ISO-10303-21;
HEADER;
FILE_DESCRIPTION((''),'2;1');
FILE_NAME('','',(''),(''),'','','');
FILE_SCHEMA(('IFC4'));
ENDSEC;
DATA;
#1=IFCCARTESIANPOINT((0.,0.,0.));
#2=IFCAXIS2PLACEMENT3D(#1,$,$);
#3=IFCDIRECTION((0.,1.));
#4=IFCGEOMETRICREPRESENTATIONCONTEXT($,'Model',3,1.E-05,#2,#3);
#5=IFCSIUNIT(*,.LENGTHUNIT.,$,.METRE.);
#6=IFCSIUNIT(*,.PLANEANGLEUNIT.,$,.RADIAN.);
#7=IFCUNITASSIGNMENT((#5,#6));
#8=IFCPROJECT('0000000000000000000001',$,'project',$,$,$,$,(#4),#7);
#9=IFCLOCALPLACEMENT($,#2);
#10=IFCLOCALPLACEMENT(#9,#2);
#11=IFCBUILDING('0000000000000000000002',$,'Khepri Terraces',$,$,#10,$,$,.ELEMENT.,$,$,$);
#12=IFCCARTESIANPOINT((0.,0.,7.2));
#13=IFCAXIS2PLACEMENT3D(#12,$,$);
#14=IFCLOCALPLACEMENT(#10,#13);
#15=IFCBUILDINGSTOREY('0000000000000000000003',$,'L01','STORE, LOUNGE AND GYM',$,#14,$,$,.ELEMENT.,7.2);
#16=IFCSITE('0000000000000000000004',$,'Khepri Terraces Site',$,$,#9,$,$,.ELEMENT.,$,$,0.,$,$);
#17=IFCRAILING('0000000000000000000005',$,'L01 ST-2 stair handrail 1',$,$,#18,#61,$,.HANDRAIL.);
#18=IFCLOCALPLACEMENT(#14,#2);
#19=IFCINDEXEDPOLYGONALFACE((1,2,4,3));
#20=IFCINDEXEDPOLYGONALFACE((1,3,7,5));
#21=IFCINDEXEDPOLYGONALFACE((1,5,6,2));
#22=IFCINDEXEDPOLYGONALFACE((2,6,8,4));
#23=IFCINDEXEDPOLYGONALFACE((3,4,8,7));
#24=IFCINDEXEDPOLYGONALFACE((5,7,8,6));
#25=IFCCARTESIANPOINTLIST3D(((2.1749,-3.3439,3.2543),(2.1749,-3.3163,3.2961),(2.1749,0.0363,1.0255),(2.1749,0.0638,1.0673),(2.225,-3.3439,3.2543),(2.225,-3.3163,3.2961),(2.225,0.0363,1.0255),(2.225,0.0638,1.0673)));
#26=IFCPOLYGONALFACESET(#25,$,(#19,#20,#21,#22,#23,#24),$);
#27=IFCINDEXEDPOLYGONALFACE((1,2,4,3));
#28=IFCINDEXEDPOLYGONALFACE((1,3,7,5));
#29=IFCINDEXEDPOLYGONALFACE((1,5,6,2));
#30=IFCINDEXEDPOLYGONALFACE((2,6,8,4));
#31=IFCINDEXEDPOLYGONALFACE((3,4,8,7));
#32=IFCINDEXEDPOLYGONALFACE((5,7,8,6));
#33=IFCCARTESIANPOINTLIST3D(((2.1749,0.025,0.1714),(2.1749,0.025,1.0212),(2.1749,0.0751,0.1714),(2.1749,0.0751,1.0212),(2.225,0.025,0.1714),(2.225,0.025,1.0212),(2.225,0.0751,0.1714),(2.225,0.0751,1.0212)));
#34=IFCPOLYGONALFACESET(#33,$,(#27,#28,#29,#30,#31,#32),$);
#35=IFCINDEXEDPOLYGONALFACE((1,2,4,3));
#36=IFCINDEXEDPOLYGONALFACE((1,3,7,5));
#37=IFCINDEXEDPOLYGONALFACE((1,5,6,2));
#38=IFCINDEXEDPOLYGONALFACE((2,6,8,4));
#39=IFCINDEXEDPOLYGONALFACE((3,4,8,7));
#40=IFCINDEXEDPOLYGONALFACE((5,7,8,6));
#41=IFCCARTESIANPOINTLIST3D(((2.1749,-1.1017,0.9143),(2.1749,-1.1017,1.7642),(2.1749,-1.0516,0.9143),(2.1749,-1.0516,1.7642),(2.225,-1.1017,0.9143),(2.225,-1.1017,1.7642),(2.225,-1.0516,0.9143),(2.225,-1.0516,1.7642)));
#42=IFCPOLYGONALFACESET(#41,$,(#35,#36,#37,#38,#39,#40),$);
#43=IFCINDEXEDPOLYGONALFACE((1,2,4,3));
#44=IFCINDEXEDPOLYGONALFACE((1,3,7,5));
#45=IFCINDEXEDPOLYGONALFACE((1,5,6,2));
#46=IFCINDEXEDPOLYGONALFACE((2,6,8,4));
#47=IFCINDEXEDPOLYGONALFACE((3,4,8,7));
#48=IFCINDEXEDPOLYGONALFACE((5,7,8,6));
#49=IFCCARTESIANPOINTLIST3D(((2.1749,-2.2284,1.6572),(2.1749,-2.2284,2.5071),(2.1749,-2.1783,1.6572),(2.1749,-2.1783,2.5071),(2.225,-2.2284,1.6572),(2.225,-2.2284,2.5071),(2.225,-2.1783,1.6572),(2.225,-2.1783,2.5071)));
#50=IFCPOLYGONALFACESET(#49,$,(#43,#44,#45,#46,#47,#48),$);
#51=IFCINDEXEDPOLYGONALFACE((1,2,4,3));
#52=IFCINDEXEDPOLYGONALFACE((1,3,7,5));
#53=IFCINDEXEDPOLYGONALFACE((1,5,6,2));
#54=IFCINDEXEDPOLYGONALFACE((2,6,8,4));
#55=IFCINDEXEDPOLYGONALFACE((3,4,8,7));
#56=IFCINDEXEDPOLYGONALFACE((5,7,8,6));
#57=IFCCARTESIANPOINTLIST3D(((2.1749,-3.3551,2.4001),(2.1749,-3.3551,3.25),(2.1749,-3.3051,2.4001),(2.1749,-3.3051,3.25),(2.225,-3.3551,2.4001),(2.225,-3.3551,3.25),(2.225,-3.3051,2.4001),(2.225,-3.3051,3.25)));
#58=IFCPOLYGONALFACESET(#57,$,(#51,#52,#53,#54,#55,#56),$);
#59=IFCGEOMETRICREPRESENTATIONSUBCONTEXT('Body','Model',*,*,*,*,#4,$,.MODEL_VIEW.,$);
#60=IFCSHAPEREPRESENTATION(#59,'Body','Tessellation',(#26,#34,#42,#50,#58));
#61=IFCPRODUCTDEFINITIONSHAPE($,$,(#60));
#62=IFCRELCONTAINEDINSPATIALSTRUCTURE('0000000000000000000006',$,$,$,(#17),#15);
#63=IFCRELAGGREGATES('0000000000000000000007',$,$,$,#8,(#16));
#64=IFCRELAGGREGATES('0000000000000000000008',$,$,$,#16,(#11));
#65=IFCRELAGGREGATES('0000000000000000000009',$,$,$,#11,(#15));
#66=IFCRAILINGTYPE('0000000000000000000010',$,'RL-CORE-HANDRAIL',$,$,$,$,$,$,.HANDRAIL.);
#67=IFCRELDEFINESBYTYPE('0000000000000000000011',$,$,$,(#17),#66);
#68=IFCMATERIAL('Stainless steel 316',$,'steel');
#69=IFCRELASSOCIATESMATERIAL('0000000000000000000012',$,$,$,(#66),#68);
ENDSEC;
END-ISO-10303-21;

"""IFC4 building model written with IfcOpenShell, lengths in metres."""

from ifc_helpers import new_model, si_unit, direction, frame, origin, origin_2d, place, context, subcontext, project, spatial, rectangle, extrude, material, type_object, element, save


model = new_model("IFC4")

# Units and contexts
model_context = context("Model", 3, precision=1e-05, world=origin(), true_north=direction((0.0, 1.0)))
body_context = subcontext(model_context, "Body", "Model", "MODEL_VIEW")
ifc_project = project(units=[si_unit("LENGTHUNIT", "METRE"), si_unit("PLANEANGLEUNIT", "RADIAN")], contexts=[model_context])

# Site, building, storey
site_placement = place(None, origin())
site = spatial("IfcSite", under=ifc_project, at=site_placement, Name="Khepri Terraces Site", CompositionType="ELEMENT", RefElevation=0.0)
building_placement = place(site_placement, origin())
building = spatial("IfcBuilding", under=site, at=building_placement, Name="Khepri Terraces", CompositionType="ELEMENT")
storey_placement = place(building_placement, frame((0.0, 0.0, 7.2)))
storey = spatial("IfcBuildingStorey", under=building, at=storey_placement, Name="L01", Description="STORE, LOUNGE AND GYM", CompositionType="ELEMENT", Elevation=7.2)

# Railing
ifc_material_1 = material(Name="Stainless steel 316", Category="steel")
railing_type_1 = type_object("IfcRailingType", Name="RL-CORE-HANDRAIL", PredefinedType="HANDRAIL", material=ifc_material_1)
railing_1_placement = place(storey_placement, frame((2.2, 0.05, 0.1714)))
element("IfcRailing", 1, at=railing_1_placement, inside=storey, type_object=railing_type_1, Name="L01 ST-2 stair handrail 1", PredefinedType="HANDRAIL", context=body_context, shape_type="SweptSolid", body=[
    extrude(rectangle(XDim=0.05, YDim=0.05, at=origin_2d()), frame((0.0, 0.0, 0.875), z_axis=(0.0, -0.834851, 0.550477), x_axis=(1.0, 0.0, 0.0)), (0.0, 0.0, 1.0), 4.0488),
    extrude(rectangle(XDim=0.05, YDim=0.05, at=origin_2d()), origin(), (0.0, 0.0, 1.0), 0.8499),
    extrude(rectangle(XDim=0.05, YDim=0.05, at=origin_2d()), frame((0.0, -1.1267, 0.7429)), (0.0, 0.0, 1.0), 0.8499),
    extrude(rectangle(XDim=0.05, YDim=0.05, at=origin_2d()), frame((0.0, -2.2534, 1.4858)), (0.0, 0.0, 1.0), 0.8499),
    extrude(rectangle(XDim=0.05, YDim=0.05, at=origin_2d()), frame((0.0, -3.3801, 2.2288)), (0.0, 0.0, 1.0), 0.8499),
])

save(model, "model.ifc")
